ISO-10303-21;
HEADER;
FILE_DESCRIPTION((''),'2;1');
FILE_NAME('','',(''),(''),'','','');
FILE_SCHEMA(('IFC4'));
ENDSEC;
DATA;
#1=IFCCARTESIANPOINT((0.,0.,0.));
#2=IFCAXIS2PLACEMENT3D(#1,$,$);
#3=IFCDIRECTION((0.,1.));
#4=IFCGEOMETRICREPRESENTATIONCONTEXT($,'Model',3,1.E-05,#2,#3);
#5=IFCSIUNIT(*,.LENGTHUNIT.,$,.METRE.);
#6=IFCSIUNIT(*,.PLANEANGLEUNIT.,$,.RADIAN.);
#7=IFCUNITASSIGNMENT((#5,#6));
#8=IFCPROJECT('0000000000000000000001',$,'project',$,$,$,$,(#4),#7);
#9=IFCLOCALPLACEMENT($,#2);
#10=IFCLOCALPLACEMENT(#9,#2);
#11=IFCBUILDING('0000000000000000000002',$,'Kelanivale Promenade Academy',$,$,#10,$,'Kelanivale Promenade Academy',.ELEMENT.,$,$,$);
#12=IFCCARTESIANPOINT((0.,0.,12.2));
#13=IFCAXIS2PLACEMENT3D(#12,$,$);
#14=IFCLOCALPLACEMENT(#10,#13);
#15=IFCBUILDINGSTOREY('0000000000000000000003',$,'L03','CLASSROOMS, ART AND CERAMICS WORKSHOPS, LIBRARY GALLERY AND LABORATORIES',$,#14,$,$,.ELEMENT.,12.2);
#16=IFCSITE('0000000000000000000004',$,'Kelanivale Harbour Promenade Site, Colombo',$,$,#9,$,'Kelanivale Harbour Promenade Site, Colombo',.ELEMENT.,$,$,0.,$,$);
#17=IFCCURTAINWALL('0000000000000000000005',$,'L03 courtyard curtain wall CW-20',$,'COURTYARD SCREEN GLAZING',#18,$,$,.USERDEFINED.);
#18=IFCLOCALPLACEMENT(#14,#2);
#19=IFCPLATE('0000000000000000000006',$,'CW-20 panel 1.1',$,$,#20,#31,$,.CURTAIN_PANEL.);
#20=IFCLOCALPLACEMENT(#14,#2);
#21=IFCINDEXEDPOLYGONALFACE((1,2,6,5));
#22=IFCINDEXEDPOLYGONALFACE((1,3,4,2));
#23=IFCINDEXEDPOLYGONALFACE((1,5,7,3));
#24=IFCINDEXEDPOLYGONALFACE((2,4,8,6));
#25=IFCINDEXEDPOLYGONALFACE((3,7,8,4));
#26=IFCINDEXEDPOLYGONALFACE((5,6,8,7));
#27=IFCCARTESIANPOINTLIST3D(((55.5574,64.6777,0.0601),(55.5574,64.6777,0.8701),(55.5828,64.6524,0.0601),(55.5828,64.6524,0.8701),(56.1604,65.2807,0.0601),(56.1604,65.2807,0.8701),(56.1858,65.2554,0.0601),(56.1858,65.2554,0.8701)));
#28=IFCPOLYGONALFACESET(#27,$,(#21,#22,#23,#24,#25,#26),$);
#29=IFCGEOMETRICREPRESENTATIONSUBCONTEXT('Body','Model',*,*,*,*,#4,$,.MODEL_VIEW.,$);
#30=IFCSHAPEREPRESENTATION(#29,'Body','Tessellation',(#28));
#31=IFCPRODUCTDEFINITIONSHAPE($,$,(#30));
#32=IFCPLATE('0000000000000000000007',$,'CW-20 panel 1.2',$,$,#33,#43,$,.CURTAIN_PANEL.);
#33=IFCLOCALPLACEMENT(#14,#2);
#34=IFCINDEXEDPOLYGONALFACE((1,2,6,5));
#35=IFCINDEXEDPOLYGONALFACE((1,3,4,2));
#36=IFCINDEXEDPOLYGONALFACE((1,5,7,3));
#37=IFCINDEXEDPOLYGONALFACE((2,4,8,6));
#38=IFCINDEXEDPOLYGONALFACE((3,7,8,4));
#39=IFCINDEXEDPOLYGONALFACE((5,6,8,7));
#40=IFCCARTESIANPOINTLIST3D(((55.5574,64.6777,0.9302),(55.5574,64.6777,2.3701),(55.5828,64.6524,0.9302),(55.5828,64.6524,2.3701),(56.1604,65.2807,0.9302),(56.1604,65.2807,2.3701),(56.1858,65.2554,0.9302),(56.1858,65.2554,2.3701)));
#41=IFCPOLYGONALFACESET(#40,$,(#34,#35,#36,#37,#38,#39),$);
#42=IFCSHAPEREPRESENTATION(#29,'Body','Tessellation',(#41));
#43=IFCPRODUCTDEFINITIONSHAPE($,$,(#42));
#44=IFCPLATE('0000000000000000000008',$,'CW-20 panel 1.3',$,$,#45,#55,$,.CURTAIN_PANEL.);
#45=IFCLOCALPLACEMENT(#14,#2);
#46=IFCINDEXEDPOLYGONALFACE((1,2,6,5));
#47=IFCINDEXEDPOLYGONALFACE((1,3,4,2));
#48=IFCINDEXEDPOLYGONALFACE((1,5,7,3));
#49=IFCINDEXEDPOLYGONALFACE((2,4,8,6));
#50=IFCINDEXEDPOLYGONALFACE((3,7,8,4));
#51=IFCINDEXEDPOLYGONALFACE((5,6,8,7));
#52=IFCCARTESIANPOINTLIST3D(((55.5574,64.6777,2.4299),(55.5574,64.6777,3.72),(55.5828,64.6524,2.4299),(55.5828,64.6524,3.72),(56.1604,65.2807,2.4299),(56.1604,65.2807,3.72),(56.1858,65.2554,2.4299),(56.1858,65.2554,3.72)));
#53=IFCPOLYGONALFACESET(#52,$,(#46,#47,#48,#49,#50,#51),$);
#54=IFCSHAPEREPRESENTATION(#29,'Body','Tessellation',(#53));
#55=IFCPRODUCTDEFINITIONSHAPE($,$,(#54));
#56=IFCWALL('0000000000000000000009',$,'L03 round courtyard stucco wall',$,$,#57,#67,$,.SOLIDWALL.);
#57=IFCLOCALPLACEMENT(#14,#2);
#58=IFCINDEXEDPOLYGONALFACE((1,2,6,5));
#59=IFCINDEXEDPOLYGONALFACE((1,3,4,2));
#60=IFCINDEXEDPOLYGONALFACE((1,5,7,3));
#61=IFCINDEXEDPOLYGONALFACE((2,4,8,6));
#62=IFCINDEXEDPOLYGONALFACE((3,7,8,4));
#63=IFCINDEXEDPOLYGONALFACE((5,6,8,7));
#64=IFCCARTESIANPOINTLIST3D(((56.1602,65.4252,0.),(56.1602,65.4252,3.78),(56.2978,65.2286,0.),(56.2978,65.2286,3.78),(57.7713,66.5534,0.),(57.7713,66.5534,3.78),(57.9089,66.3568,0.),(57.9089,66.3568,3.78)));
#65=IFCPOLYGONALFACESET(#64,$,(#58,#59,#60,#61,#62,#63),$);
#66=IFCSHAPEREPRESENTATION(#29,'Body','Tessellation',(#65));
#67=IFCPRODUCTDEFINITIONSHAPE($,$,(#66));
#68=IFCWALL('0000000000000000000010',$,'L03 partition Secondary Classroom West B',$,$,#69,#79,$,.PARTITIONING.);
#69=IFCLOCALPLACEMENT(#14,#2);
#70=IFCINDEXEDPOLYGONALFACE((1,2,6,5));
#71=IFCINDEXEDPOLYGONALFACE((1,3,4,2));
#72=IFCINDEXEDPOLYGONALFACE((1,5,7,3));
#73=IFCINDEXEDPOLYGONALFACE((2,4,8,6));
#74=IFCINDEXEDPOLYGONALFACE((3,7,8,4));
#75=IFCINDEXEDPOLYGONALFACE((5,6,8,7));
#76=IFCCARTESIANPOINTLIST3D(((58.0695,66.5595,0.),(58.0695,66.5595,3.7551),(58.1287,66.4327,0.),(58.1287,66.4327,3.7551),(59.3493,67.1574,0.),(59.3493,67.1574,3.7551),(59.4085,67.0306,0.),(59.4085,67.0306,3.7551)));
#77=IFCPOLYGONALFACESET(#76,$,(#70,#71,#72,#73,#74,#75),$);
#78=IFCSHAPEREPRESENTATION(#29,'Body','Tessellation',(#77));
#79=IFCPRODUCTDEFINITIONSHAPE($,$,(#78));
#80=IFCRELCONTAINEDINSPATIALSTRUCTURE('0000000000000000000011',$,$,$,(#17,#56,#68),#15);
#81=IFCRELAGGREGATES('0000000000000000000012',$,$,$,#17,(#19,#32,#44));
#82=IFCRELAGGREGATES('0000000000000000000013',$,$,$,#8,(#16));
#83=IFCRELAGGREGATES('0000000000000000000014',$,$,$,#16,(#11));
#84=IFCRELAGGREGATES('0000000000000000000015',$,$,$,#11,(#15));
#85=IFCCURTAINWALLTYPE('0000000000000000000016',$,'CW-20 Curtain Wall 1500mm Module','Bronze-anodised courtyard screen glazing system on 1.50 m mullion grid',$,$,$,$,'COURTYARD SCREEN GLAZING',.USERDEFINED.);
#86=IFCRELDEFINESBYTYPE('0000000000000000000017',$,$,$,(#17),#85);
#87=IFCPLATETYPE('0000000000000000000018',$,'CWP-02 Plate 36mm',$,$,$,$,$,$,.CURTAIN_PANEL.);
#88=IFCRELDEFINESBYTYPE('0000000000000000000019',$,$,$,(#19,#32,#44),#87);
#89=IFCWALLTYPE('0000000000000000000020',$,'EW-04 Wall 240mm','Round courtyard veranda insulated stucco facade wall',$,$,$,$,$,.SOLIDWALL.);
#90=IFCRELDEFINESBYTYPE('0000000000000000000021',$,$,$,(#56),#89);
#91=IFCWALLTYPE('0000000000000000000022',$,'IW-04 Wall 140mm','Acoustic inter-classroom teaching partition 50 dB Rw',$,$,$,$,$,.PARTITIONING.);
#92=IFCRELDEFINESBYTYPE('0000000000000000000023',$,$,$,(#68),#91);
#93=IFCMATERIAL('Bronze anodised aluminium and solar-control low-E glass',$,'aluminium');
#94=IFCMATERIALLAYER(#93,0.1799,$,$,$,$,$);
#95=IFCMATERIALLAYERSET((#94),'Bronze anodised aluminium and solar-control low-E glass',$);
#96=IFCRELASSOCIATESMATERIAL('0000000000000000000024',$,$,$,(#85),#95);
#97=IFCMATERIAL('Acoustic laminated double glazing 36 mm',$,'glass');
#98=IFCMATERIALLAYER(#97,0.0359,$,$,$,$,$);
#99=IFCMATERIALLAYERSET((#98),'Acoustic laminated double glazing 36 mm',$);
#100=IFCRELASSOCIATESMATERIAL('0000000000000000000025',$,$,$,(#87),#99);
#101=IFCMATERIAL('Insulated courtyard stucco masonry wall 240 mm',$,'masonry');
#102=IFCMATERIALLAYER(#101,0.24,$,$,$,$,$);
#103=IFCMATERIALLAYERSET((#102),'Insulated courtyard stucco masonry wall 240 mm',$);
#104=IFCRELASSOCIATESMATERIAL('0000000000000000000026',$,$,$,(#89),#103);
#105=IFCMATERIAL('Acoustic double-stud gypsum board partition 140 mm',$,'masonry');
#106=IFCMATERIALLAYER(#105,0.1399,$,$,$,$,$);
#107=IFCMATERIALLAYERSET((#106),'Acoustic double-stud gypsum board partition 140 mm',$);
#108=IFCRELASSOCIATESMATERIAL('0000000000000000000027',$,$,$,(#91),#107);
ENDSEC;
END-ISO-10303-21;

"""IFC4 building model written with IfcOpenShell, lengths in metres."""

from ifc_helpers import new_model, si_unit, direction, frame, frame_2d, origin, origin_2d, place, context, subcontext, project, spatial, rectangle, extrude, material, layer, layer_set, type_object, element, aggregate, save


model = new_model("IFC4")

# Units and contexts
model_context = context("Model", 3, precision=1e-05, world=origin(), true_north=direction((0.0, 1.0)))
body_context = subcontext(model_context, "Body", "Model", "MODEL_VIEW")
ifc_project = project(units=[si_unit("LENGTHUNIT", "METRE"), si_unit("PLANEANGLEUNIT", "RADIAN")], contexts=[model_context])

# Site, building, storey
site_placement = place(None, origin())
site = spatial("IfcSite", under=ifc_project, at=site_placement, Name="Kelanivale Harbour Promenade Site, Colombo", LongName="Kelanivale Harbour Promenade Site, Colombo", CompositionType="ELEMENT", RefElevation=0.0)
building_placement = place(site_placement, origin())
building = spatial("IfcBuilding", under=site, at=building_placement, Name="Kelanivale Promenade Academy", LongName="Kelanivale Promenade Academy", CompositionType="ELEMENT")
storey_placement = place(building_placement, frame((0.0, 0.0, 12.2)))
storey = spatial("IfcBuildingStorey", under=building, at=storey_placement, Name="L03", Description="CLASSROOMS, ART AND CERAMICS WORKSHOPS, LIBRARY GALLERY AND LABORATORIES", CompositionType="ELEMENT", Elevation=12.2)

# Curtain wall
ifc_material_1 = material(Name="Bronze anodised aluminium and solar-control low-E glass", Category="aluminium")
ifc_layer_1 = layer(ifc_material_1, 0.1799)
ifc_layer_set_1 = layer_set([ifc_layer_1], Name="Bronze anodised aluminium and solar-control low-E glass")
curtain_wall_type_1 = type_object("IfcCurtainWallType", Name="CW-20 Curtain Wall 1500mm Module", Description="Bronze-anodised courtyard screen glazing system on 1.50 m mullion grid", ElementType="COURTYARD SCREEN GLAZING", PredefinedType="USERDEFINED", material=ifc_layer_set_1)
curtain_wall_1_placement = place(storey_placement, origin())
curtain_wall_1 = element("IfcCurtainWall", 1, at=curtain_wall_1_placement, inside=storey, type_object=curtain_wall_type_1, Name="L03 courtyard curtain wall CW-20", ObjectType="COURTYARD SCREEN GLAZING", PredefinedType="USERDEFINED")

# Plates
ifc_material_2 = material(Name="Acoustic laminated double glazing 36 mm", Category="glass")
ifc_layer_2 = layer(ifc_material_2, 0.0359)
ifc_layer_set_2 = layer_set([ifc_layer_2], Name="Acoustic laminated double glazing 36 mm")
plate_type_1 = type_object("IfcPlateType", Name="CWP-02 Plate 36mm", PredefinedType="CURTAIN_PANEL", material=ifc_layer_set_2)
plate_1_placement = place(storey_placement, frame((55.8716, 64.9666, 0.0601), z_axis=(0.0, 0.0, 1.0), x_axis=(-0.707107, -0.707107, 0.0)))
plate_1 = element("IfcPlate", 2, at=plate_1_placement, type_object=plate_type_1, Name="CW-20 panel 1.1", PredefinedType="CURTAIN_PANEL", context=body_context, shape_type="SweptSolid", body=[
    extrude(rectangle(XDim=0.8528, YDim=0.0359, at=origin_2d()), origin(), (0.0, 0.0, 1.0), 0.8101),
])
plate_2_placement = place(storey_placement, frame((55.8716, 64.9666, 0.9302), z_axis=(0.0, 0.0, 1.0), x_axis=(-0.707107, -0.707107, 0.0)))
plate_2 = element("IfcPlate", 3, at=plate_2_placement, type_object=plate_type_1, Name="CW-20 panel 1.2", PredefinedType="CURTAIN_PANEL", context=body_context, shape_type="SweptSolid", body=[
    extrude(rectangle(XDim=0.8528, YDim=0.0359, at=origin_2d()), origin(), (0.0, 0.0, 1.0), 1.4399),
])
plate_3_placement = place(storey_placement, frame((55.8716, 64.9666, 2.4299), z_axis=(0.0, 0.0, 1.0), x_axis=(-0.707107, -0.707107, 0.0)))
plate_3 = element("IfcPlate", 4, at=plate_3_placement, type_object=plate_type_1, Name="CW-20 panel 1.3", PredefinedType="CURTAIN_PANEL", context=body_context, shape_type="SweptSolid", body=[
    extrude(rectangle(XDim=0.8528, YDim=0.0359, at=origin_2d()), origin(), (0.0, 0.0, 1.0), 1.29),
])
aggregate(curtain_wall_1, [plate_1, plate_2, plate_3])

# Walls
ifc_material_3 = material(Name="Insulated courtyard stucco masonry wall 240 mm", Category="masonry")
ifc_layer_3 = layer(ifc_material_3, 0.24)
ifc_layer_set_3 = layer_set([ifc_layer_3], Name="Insulated courtyard stucco masonry wall 240 mm")
wall_type_1 = type_object("IfcWallType", Name="EW-04 Wall 240mm", Description="Round courtyard veranda insulated stucco facade wall", PredefinedType="SOLIDWALL", material=ifc_layer_set_3)
wall_1_placement = place(storey_placement, frame((57.8401, 66.4551, 0.0), z_axis=(0.0, 0.0, 1.0), x_axis=(-0.819133, -0.573604, 0.0)))
element("IfcWall", 5, at=wall_1_placement, inside=storey, type_object=wall_type_1, Name="L03 round courtyard stucco wall", PredefinedType="SOLIDWALL", context=body_context, shape_type="SweptSolid", body=[
    extrude(rectangle(XDim=1.9668, YDim=0.24, at=frame_2d((0.9834, 0.0))), origin(), (0.0, 0.0, 1.0), 3.78),
])
ifc_material_4 = material(Name="Acoustic double-stud gypsum board partition 140 mm", Category="masonry")
ifc_layer_4 = layer(ifc_material_4, 0.1399)
ifc_layer_set_4 = layer_set([ifc_layer_4], Name="Acoustic double-stud gypsum board partition 140 mm")
wall_type_2 = type_object("IfcWallType", Name="IW-04 Wall 140mm", Description="Acoustic inter-classroom teaching partition 50 dB Rw", PredefinedType="PARTITIONING", material=ifc_layer_set_4)
wall_2_placement = place(storey_placement, frame((58.0991, 66.4961, 0.0), z_axis=(0.0, 0.0, 1.0), x_axis=(0.906002, 0.423273, 0.0)))
element("IfcWall", 6, at=wall_2_placement, inside=storey, type_object=wall_type_2, Name="L03 partition Secondary Classroom West B", PredefinedType="PARTITIONING", context=body_context, shape_type="SweptSolid", body=[
    extrude(rectangle(XDim=1.4126, YDim=0.1399, at=frame_2d((0.7063, 0.0))), origin(), (0.0, 0.0, 1.0), 3.7551),
])

save(model, "model.ifc")
